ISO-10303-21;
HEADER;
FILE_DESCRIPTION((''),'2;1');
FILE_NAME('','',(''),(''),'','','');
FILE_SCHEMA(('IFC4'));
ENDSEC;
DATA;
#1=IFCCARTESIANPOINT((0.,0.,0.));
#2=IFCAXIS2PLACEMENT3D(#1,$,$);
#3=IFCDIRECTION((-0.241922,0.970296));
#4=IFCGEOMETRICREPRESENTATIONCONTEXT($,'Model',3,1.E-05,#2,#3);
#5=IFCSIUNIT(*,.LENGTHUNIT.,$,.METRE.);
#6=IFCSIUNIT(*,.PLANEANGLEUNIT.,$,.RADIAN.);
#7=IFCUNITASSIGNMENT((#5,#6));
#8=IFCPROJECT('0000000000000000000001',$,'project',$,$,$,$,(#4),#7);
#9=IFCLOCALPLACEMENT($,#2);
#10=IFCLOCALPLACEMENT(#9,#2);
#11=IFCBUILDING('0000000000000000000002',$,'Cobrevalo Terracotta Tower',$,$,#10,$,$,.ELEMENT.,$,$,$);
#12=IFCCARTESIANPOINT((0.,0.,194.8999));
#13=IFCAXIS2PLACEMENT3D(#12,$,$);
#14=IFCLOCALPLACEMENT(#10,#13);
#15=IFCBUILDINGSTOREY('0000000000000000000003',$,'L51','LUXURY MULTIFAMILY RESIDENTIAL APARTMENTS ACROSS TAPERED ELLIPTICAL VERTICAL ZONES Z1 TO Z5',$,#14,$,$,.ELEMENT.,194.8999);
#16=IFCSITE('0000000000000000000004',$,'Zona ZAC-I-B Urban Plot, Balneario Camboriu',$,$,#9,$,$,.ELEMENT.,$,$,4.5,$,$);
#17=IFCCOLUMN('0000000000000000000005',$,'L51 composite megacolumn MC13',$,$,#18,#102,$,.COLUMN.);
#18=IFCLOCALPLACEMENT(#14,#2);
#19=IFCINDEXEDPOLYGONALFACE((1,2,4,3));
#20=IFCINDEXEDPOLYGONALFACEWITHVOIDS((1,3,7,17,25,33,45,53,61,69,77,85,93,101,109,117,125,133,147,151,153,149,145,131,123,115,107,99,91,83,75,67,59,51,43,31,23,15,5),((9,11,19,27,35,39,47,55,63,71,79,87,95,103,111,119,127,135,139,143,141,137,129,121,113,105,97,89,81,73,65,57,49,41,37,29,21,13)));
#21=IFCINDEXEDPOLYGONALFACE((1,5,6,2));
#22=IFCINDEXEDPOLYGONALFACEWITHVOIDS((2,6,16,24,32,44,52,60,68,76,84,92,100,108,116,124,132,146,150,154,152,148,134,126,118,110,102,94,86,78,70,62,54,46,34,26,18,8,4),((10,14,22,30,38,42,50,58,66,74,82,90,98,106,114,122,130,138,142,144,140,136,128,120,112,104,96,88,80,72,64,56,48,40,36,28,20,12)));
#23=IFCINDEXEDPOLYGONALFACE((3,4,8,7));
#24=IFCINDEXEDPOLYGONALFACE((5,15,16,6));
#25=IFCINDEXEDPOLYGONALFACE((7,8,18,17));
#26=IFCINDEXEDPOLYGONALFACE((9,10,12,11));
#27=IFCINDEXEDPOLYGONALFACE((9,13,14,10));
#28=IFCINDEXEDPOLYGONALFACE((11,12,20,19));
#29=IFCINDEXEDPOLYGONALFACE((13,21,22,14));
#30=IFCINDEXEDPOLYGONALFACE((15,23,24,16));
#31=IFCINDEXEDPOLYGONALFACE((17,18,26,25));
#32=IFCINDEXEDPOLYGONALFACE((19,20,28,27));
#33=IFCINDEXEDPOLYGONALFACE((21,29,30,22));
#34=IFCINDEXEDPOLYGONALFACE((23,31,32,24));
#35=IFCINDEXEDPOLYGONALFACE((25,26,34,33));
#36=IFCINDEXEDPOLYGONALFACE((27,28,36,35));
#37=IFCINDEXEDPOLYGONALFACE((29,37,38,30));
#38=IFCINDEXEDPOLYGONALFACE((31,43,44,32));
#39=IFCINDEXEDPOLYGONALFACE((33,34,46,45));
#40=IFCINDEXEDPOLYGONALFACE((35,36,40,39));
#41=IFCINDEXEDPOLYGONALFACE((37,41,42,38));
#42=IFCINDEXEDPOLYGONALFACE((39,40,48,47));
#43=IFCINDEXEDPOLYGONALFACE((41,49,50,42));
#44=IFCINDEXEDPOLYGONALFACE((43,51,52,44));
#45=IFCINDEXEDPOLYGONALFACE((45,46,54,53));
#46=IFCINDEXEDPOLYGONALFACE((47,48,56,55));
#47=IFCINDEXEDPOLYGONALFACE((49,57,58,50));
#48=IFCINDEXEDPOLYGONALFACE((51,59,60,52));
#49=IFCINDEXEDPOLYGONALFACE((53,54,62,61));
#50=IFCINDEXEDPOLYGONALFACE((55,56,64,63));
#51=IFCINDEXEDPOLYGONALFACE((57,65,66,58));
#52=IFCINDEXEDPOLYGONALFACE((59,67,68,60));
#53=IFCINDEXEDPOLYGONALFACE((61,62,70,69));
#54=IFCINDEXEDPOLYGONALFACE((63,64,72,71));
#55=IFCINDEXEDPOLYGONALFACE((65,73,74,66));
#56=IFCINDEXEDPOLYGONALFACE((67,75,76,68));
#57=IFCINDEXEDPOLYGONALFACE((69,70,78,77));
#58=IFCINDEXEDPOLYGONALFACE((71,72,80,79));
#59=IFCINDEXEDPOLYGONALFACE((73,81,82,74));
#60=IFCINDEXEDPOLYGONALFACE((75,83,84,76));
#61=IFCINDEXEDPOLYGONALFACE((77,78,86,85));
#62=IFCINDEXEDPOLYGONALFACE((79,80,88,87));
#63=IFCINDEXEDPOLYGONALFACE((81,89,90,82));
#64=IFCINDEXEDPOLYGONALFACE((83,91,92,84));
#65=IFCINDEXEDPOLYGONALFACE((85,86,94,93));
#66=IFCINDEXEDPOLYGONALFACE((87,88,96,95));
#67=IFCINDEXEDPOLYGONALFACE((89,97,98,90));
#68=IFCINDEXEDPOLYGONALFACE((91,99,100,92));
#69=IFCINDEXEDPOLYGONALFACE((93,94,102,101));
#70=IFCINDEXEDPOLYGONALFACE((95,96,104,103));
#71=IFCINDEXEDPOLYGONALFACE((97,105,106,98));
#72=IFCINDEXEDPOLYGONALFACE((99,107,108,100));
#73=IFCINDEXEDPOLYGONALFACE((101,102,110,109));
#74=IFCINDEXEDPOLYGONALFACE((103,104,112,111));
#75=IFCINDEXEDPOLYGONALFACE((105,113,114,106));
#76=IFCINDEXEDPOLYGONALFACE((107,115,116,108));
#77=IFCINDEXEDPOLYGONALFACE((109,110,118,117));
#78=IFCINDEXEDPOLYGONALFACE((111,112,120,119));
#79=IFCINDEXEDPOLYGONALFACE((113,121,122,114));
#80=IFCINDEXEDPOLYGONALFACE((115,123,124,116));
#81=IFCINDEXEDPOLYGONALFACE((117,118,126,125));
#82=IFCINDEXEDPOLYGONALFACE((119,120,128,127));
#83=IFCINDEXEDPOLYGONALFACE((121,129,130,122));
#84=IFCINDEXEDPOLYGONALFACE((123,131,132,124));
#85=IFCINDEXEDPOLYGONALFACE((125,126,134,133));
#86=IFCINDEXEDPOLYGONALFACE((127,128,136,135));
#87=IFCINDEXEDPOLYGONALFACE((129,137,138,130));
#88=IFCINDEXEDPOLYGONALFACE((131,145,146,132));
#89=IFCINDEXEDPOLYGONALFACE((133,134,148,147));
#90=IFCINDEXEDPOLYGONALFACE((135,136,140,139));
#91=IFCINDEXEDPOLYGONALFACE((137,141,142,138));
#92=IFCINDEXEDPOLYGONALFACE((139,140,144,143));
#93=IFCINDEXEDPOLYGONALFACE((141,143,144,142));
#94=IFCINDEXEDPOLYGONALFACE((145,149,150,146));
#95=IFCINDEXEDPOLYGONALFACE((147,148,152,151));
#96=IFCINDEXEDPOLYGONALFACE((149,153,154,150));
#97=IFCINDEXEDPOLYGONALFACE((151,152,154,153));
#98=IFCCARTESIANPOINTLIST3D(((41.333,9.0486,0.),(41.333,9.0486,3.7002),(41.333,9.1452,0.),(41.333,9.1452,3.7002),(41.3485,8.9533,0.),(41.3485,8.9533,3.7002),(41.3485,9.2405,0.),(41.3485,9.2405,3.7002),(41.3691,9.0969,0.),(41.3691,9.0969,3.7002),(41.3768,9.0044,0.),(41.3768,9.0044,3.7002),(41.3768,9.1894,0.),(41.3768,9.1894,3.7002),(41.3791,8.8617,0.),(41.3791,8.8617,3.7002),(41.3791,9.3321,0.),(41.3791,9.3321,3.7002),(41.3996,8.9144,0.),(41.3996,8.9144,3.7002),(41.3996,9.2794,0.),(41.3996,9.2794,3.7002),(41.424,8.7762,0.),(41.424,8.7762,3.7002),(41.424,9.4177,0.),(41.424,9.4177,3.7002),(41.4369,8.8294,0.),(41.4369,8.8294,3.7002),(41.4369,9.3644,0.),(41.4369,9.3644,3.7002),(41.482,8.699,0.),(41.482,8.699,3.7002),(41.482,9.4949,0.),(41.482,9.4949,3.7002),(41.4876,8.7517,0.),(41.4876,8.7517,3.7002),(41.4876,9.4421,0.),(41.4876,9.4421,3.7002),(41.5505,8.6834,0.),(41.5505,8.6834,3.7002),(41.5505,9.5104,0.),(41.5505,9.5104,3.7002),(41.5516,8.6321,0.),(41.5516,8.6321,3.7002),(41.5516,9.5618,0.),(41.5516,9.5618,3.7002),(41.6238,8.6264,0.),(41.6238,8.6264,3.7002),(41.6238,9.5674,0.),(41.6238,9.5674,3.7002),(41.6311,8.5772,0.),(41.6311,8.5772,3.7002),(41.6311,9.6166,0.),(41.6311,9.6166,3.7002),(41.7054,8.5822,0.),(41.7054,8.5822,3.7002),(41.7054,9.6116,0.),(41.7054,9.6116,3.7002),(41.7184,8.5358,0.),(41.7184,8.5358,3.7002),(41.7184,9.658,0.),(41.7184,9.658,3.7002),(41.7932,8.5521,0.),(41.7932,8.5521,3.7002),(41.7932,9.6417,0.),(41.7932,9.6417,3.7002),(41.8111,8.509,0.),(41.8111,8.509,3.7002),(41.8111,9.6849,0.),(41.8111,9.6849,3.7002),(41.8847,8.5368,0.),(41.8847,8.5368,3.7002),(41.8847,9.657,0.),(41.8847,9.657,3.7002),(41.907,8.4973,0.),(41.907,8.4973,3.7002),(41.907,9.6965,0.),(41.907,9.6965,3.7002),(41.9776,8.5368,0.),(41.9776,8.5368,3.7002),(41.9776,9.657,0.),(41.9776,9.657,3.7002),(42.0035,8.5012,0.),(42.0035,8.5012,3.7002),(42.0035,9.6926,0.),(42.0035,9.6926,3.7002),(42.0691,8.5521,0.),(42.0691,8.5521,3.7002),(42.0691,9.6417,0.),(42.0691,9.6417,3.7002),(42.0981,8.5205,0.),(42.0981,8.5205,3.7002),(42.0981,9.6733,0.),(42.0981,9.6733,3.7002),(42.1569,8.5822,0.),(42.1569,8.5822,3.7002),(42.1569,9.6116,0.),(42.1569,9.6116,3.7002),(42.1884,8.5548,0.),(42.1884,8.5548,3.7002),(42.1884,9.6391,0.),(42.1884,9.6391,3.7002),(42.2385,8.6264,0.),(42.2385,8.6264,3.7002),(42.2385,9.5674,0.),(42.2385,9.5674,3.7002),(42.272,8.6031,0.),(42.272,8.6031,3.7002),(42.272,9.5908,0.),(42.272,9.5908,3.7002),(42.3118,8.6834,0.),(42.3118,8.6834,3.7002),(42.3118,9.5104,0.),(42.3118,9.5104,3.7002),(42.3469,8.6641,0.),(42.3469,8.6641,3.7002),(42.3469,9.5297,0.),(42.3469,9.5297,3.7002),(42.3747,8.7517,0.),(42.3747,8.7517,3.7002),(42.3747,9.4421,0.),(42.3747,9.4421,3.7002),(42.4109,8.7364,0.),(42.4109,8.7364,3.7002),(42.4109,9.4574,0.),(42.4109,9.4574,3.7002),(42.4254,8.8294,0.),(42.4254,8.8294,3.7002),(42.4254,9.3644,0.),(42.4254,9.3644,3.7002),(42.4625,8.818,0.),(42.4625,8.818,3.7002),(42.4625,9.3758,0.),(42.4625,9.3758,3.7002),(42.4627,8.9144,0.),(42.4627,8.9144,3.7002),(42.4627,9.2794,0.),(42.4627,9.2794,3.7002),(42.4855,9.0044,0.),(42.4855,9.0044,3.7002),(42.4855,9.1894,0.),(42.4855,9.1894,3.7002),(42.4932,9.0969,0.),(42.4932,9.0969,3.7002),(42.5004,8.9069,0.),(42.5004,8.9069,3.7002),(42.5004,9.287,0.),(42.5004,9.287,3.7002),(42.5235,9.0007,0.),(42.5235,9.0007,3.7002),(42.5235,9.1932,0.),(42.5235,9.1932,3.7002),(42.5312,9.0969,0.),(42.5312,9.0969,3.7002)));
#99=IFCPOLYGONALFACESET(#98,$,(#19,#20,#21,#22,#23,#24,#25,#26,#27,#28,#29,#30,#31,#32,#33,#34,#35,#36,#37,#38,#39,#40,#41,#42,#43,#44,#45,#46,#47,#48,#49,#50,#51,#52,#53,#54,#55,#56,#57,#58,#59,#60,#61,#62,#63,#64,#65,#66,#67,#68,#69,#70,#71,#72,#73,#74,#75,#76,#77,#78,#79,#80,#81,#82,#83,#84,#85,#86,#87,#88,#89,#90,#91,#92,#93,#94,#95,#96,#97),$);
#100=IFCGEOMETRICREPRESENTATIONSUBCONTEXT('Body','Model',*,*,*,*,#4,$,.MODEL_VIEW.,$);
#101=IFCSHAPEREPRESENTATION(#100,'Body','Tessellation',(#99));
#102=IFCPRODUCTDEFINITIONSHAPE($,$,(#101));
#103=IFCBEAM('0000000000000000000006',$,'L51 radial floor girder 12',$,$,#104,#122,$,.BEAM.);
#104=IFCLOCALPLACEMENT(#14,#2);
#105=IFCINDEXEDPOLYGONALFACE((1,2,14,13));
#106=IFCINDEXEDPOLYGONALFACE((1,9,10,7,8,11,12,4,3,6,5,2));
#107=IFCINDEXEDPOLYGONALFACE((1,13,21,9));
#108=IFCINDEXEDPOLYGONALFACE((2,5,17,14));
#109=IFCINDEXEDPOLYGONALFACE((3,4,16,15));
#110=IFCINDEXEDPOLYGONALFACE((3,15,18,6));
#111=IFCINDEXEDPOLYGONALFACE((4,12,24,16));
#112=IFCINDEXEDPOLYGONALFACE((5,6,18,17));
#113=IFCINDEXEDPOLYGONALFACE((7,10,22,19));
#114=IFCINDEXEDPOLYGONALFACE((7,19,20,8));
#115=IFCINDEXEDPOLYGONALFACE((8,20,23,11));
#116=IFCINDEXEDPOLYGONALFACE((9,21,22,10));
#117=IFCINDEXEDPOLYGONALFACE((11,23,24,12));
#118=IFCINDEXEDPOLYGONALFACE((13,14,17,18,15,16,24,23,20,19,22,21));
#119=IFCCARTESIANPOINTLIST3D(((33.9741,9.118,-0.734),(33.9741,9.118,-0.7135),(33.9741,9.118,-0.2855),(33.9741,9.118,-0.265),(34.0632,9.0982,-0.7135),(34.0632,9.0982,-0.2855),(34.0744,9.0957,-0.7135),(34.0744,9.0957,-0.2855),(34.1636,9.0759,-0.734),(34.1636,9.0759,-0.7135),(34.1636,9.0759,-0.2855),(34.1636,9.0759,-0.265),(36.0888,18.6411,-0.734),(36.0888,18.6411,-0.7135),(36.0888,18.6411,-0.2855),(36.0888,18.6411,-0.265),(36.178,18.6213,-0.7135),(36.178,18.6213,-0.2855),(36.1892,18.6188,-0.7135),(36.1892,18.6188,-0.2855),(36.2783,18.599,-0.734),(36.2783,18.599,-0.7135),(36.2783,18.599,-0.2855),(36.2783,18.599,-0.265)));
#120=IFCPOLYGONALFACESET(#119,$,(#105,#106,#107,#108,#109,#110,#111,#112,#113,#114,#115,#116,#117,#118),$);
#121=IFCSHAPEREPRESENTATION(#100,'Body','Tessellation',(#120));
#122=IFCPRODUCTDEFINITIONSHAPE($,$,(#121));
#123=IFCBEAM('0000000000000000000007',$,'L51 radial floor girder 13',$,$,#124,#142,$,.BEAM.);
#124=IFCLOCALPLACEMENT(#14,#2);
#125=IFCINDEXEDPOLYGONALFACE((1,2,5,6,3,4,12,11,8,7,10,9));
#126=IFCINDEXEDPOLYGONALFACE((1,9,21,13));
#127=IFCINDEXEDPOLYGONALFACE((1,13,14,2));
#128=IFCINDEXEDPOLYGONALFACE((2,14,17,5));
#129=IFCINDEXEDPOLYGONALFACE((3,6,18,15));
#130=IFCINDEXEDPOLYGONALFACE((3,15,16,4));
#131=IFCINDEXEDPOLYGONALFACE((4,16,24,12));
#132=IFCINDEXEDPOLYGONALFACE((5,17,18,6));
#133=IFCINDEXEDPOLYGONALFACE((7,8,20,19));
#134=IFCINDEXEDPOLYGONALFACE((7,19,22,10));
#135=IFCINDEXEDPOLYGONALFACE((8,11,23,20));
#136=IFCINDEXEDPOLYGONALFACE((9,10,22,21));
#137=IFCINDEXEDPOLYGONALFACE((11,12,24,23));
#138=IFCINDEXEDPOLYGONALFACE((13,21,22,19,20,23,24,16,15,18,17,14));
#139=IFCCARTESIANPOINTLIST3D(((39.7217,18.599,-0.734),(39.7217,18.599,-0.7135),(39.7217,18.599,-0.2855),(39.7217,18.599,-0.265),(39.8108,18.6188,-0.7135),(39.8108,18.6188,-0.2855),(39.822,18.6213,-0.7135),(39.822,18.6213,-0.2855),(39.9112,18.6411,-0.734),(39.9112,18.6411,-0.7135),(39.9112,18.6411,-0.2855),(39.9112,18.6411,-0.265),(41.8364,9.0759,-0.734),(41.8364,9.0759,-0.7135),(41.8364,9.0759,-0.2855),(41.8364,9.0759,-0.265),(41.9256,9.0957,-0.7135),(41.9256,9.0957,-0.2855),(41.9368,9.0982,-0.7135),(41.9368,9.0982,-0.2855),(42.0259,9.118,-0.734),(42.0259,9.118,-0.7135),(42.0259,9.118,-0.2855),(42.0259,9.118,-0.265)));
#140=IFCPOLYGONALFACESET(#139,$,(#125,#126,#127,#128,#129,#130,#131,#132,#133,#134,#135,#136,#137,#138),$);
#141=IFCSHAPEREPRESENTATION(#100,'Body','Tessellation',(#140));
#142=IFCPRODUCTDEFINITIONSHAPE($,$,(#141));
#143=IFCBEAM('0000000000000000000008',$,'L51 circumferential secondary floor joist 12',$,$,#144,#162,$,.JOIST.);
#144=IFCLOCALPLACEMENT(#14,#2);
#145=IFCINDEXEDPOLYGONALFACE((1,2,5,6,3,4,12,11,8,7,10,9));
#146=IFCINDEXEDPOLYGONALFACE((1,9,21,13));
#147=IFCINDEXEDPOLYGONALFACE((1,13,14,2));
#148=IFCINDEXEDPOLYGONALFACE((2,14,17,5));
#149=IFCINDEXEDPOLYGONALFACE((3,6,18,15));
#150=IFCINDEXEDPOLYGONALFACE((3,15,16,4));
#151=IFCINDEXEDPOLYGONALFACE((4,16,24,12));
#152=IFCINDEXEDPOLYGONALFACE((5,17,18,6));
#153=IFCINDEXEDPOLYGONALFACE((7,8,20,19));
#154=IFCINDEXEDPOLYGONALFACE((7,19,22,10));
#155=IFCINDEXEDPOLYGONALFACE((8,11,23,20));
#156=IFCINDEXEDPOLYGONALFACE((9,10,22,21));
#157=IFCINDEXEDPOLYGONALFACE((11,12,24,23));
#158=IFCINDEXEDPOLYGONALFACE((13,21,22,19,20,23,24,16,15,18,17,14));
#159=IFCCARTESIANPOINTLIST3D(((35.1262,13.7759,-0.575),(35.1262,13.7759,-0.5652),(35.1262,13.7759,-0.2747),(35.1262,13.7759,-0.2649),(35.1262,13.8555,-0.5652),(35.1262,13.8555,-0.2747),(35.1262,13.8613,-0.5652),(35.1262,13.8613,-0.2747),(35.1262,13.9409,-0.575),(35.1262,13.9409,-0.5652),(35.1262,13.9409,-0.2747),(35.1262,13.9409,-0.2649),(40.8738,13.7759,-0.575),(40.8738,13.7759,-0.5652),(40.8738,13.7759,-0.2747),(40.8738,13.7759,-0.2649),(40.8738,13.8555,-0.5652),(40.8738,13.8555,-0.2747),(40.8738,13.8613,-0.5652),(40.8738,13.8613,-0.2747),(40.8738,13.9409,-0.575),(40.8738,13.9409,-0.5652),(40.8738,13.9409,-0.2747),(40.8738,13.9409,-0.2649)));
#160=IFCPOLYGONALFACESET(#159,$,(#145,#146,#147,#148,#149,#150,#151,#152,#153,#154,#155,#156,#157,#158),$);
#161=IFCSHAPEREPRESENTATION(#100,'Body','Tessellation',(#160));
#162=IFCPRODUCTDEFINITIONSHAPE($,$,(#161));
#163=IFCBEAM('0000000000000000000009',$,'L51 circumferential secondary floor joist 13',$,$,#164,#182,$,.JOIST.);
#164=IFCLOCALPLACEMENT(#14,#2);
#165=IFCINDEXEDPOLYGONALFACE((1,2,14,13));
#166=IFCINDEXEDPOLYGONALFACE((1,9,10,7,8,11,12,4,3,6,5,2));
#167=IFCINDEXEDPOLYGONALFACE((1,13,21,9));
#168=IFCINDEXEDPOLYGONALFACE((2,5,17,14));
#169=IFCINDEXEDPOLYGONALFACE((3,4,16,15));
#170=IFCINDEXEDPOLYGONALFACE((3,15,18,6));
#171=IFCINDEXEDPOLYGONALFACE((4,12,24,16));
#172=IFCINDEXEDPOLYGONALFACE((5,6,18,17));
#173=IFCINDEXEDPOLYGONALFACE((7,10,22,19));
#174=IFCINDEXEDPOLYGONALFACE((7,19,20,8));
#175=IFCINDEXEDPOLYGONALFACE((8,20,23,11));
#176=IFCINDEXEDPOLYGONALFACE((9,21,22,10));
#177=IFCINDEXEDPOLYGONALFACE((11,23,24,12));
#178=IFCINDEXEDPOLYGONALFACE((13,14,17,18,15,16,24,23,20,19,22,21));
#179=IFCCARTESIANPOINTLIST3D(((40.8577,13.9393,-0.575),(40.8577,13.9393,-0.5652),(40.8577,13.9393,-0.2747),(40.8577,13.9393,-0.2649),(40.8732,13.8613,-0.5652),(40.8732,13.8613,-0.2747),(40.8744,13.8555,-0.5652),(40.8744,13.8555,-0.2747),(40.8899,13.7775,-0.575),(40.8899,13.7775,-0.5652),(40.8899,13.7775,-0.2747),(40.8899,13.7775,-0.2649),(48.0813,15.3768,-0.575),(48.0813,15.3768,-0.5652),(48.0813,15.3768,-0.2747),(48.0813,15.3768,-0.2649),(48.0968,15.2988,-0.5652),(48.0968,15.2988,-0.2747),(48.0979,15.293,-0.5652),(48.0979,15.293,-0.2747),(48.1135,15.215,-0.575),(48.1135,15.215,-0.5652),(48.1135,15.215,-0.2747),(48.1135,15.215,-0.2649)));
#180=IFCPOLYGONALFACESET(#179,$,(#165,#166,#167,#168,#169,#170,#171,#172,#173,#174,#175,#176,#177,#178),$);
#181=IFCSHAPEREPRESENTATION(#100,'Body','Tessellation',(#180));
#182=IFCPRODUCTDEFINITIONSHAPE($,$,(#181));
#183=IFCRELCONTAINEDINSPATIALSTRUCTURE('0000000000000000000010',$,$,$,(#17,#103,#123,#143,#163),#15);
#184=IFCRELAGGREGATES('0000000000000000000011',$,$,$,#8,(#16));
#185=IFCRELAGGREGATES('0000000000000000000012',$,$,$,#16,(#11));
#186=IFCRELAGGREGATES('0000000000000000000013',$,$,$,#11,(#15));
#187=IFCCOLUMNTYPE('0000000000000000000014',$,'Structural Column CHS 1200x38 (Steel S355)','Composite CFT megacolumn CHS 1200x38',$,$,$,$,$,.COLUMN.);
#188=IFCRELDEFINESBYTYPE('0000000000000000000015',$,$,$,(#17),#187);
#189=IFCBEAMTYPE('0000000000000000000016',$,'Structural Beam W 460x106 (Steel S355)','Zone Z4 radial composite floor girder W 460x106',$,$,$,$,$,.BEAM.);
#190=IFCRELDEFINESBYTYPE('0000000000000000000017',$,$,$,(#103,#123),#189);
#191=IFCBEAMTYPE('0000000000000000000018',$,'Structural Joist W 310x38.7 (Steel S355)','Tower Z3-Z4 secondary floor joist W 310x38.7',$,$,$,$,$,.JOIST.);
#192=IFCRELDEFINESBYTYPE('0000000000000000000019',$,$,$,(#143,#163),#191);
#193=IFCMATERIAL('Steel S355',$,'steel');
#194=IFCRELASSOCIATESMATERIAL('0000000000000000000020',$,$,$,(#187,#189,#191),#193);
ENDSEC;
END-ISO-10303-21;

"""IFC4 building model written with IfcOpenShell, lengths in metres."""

from ifc_helpers import new_model, si_unit, direction, frame, origin, origin_2d, place, context, subcontext, project, spatial, hollow_circle, i_section, extrude, material, material_profile, profile_set, type_object, element, save


model = new_model("IFC4")

# Units and contexts
model_context = context("Model", 3, precision=1e-05, world=origin(), true_north=direction((-0.241922, 0.970296)))
body_context = subcontext(model_context, "Body", "Model", "MODEL_VIEW")
ifc_project = project(units=[si_unit("LENGTHUNIT", "METRE"), si_unit("PLANEANGLEUNIT", "RADIAN")], contexts=[model_context])

# Site, building, storey
site_placement = place(None, origin())
site = spatial("IfcSite", under=ifc_project, at=site_placement, Name="Zona ZAC-I-B Urban Plot, Balneario Camboriu", CompositionType="ELEMENT", RefElevation=4.5)
building_placement = place(site_placement, origin())
building = spatial("IfcBuilding", under=site, at=building_placement, Name="Cobrevalo Terracotta Tower", CompositionType="ELEMENT")
storey_placement = place(building_placement, frame((0.0, 0.0, 194.8999)))
storey = spatial("IfcBuildingStorey", under=building, at=storey_placement, Name="L51", Description="LUXURY MULTIFAMILY RESIDENTIAL APARTMENTS ACROSS TAPERED ELLIPTICAL VERTICAL ZONES Z1 TO Z5", CompositionType="ELEMENT", Elevation=194.8999)

# Column
ifc_material_1 = material(Name="Steel S355", Category="steel")
ifc_material_profile_1 = material_profile(ifc_material_1, hollow_circle(Radius=0.6001, WallThickness=0.0381, at=origin_2d()), Name="CHS 1200x38")
ifc_profile_set_1 = profile_set([ifc_material_profile_1], Name="Steel S355")
column_type = type_object("IfcColumnType", Name="Structural Column CHS 1200x38 (Steel S355)", Description="Composite CFT megacolumn CHS 1200x38", PredefinedType="COLUMN", material=ifc_profile_set_1)
column_placement = place(storey_placement, frame((41.9312, 9.0969, 0.0), z_axis=(0.0, 0.0, 1.0), x_axis=(1.0, 0.0, 0.0)))
element("IfcColumn", 1, at=column_placement, inside=storey, type_object=column_type, Name="L51 composite megacolumn MC13", PredefinedType="COLUMN", context=body_context, shape_type="SweptSolid", body=[
    extrude(hollow_circle(Radius=0.6001, WallThickness=0.0381, at=origin_2d()), origin(), (0.0, 0.0, 1.0), 3.7002),
])

# Beams
ifc_material_profile_2 = material_profile(ifc_material_1, i_section(OverallWidth=0.1941, OverallDepth=0.469, WebThickness=0.0115, FlangeThickness=0.0205, at=origin_2d()), Name="W 460x106")
ifc_profile_set_2 = profile_set([ifc_material_profile_2], Name="Steel S355")
beam_type_1 = type_object("IfcBeamType", Name="Structural Beam W 460x106 (Steel S355)", Description="Zone Z4 radial composite floor girder W 460x106", PredefinedType="BEAM", material=ifc_profile_set_2)
for number, where, z_axis, x_axis, name in (
    (2, (34.0688, 9.0969, -0.4995), (0.216782, 0.97622, 0.0), (-0.97622, 0.216782, 0.0), "L51 radial floor girder 12"),
    (3, (41.9312, 9.0969, -0.4995), (-0.216782, 0.97622, 0.0), (-0.97622, -0.216782, 0.0), "L51 radial floor girder 13"),
):
    element("IfcBeam", number, at=place(storey_placement, frame(where, z_axis=z_axis, x_axis=x_axis)), inside=storey, type_object=beam_type_1, Name=name, PredefinedType="BEAM", context=body_context, shape_type="SweptSolid", body=[
        extrude(i_section(OverallWidth=0.1941, OverallDepth=0.469, WebThickness=0.0115, FlangeThickness=0.0205, at=origin_2d()), origin(), (0.0, 0.0, 1.0), 9.7551),
    ])
ifc_material_profile_3 = material_profile(ifc_material_1, i_section(OverallWidth=0.165, OverallDepth=0.3101, WebThickness=0.0059, FlangeThickness=0.0098, at=origin_2d()), Name="W 310x38.7")
ifc_profile_set_3 = profile_set([ifc_material_profile_3], Name="Steel S355")
beam_type_2 = type_object("IfcBeamType", Name="Structural Joist W 310x38.7 (Steel S355)", Description="Tower Z3-Z4 secondary floor joist W 310x38.7", PredefinedType="JOIST", material=ifc_profile_set_3)
beam_1_placement = place(storey_placement, frame((35.1262, 13.8584, -0.4199), z_axis=(1.0, 0.0, 0.0), x_axis=(0.0, 1.0, 0.0)))
element("IfcBeam", 4, at=beam_1_placement, inside=storey, type_object=beam_type_2, Name="L51 circumferential secondary floor joist 12", PredefinedType="JOIST", context=body_context, shape_type="SweptSolid", body=[
    extrude(i_section(OverallWidth=0.165, OverallDepth=0.3101, WebThickness=0.0059, FlangeThickness=0.0098, at=origin_2d()), origin(), (0.0, 0.0, 1.0), 5.7476),
])
beam_2_placement = place(storey_placement, frame((40.8738, 13.8584, -0.4199), z_axis=(0.980769, 0.195173, 0.0), x_axis=(-0.195173, 0.980769, 0.0)))
element("IfcBeam", 5, at=beam_2_placement, inside=storey, type_object=beam_type_2, Name="L51 circumferential secondary floor joist 13", PredefinedType="JOIST", context=body_context, shape_type="SweptSolid", body=[
    extrude(i_section(OverallWidth=0.165, OverallDepth=0.3101, WebThickness=0.0059, FlangeThickness=0.0098, at=origin_2d()), origin(), (0.0, 0.0, 1.0), 7.3652),
])

save(model, "model.ifc")
